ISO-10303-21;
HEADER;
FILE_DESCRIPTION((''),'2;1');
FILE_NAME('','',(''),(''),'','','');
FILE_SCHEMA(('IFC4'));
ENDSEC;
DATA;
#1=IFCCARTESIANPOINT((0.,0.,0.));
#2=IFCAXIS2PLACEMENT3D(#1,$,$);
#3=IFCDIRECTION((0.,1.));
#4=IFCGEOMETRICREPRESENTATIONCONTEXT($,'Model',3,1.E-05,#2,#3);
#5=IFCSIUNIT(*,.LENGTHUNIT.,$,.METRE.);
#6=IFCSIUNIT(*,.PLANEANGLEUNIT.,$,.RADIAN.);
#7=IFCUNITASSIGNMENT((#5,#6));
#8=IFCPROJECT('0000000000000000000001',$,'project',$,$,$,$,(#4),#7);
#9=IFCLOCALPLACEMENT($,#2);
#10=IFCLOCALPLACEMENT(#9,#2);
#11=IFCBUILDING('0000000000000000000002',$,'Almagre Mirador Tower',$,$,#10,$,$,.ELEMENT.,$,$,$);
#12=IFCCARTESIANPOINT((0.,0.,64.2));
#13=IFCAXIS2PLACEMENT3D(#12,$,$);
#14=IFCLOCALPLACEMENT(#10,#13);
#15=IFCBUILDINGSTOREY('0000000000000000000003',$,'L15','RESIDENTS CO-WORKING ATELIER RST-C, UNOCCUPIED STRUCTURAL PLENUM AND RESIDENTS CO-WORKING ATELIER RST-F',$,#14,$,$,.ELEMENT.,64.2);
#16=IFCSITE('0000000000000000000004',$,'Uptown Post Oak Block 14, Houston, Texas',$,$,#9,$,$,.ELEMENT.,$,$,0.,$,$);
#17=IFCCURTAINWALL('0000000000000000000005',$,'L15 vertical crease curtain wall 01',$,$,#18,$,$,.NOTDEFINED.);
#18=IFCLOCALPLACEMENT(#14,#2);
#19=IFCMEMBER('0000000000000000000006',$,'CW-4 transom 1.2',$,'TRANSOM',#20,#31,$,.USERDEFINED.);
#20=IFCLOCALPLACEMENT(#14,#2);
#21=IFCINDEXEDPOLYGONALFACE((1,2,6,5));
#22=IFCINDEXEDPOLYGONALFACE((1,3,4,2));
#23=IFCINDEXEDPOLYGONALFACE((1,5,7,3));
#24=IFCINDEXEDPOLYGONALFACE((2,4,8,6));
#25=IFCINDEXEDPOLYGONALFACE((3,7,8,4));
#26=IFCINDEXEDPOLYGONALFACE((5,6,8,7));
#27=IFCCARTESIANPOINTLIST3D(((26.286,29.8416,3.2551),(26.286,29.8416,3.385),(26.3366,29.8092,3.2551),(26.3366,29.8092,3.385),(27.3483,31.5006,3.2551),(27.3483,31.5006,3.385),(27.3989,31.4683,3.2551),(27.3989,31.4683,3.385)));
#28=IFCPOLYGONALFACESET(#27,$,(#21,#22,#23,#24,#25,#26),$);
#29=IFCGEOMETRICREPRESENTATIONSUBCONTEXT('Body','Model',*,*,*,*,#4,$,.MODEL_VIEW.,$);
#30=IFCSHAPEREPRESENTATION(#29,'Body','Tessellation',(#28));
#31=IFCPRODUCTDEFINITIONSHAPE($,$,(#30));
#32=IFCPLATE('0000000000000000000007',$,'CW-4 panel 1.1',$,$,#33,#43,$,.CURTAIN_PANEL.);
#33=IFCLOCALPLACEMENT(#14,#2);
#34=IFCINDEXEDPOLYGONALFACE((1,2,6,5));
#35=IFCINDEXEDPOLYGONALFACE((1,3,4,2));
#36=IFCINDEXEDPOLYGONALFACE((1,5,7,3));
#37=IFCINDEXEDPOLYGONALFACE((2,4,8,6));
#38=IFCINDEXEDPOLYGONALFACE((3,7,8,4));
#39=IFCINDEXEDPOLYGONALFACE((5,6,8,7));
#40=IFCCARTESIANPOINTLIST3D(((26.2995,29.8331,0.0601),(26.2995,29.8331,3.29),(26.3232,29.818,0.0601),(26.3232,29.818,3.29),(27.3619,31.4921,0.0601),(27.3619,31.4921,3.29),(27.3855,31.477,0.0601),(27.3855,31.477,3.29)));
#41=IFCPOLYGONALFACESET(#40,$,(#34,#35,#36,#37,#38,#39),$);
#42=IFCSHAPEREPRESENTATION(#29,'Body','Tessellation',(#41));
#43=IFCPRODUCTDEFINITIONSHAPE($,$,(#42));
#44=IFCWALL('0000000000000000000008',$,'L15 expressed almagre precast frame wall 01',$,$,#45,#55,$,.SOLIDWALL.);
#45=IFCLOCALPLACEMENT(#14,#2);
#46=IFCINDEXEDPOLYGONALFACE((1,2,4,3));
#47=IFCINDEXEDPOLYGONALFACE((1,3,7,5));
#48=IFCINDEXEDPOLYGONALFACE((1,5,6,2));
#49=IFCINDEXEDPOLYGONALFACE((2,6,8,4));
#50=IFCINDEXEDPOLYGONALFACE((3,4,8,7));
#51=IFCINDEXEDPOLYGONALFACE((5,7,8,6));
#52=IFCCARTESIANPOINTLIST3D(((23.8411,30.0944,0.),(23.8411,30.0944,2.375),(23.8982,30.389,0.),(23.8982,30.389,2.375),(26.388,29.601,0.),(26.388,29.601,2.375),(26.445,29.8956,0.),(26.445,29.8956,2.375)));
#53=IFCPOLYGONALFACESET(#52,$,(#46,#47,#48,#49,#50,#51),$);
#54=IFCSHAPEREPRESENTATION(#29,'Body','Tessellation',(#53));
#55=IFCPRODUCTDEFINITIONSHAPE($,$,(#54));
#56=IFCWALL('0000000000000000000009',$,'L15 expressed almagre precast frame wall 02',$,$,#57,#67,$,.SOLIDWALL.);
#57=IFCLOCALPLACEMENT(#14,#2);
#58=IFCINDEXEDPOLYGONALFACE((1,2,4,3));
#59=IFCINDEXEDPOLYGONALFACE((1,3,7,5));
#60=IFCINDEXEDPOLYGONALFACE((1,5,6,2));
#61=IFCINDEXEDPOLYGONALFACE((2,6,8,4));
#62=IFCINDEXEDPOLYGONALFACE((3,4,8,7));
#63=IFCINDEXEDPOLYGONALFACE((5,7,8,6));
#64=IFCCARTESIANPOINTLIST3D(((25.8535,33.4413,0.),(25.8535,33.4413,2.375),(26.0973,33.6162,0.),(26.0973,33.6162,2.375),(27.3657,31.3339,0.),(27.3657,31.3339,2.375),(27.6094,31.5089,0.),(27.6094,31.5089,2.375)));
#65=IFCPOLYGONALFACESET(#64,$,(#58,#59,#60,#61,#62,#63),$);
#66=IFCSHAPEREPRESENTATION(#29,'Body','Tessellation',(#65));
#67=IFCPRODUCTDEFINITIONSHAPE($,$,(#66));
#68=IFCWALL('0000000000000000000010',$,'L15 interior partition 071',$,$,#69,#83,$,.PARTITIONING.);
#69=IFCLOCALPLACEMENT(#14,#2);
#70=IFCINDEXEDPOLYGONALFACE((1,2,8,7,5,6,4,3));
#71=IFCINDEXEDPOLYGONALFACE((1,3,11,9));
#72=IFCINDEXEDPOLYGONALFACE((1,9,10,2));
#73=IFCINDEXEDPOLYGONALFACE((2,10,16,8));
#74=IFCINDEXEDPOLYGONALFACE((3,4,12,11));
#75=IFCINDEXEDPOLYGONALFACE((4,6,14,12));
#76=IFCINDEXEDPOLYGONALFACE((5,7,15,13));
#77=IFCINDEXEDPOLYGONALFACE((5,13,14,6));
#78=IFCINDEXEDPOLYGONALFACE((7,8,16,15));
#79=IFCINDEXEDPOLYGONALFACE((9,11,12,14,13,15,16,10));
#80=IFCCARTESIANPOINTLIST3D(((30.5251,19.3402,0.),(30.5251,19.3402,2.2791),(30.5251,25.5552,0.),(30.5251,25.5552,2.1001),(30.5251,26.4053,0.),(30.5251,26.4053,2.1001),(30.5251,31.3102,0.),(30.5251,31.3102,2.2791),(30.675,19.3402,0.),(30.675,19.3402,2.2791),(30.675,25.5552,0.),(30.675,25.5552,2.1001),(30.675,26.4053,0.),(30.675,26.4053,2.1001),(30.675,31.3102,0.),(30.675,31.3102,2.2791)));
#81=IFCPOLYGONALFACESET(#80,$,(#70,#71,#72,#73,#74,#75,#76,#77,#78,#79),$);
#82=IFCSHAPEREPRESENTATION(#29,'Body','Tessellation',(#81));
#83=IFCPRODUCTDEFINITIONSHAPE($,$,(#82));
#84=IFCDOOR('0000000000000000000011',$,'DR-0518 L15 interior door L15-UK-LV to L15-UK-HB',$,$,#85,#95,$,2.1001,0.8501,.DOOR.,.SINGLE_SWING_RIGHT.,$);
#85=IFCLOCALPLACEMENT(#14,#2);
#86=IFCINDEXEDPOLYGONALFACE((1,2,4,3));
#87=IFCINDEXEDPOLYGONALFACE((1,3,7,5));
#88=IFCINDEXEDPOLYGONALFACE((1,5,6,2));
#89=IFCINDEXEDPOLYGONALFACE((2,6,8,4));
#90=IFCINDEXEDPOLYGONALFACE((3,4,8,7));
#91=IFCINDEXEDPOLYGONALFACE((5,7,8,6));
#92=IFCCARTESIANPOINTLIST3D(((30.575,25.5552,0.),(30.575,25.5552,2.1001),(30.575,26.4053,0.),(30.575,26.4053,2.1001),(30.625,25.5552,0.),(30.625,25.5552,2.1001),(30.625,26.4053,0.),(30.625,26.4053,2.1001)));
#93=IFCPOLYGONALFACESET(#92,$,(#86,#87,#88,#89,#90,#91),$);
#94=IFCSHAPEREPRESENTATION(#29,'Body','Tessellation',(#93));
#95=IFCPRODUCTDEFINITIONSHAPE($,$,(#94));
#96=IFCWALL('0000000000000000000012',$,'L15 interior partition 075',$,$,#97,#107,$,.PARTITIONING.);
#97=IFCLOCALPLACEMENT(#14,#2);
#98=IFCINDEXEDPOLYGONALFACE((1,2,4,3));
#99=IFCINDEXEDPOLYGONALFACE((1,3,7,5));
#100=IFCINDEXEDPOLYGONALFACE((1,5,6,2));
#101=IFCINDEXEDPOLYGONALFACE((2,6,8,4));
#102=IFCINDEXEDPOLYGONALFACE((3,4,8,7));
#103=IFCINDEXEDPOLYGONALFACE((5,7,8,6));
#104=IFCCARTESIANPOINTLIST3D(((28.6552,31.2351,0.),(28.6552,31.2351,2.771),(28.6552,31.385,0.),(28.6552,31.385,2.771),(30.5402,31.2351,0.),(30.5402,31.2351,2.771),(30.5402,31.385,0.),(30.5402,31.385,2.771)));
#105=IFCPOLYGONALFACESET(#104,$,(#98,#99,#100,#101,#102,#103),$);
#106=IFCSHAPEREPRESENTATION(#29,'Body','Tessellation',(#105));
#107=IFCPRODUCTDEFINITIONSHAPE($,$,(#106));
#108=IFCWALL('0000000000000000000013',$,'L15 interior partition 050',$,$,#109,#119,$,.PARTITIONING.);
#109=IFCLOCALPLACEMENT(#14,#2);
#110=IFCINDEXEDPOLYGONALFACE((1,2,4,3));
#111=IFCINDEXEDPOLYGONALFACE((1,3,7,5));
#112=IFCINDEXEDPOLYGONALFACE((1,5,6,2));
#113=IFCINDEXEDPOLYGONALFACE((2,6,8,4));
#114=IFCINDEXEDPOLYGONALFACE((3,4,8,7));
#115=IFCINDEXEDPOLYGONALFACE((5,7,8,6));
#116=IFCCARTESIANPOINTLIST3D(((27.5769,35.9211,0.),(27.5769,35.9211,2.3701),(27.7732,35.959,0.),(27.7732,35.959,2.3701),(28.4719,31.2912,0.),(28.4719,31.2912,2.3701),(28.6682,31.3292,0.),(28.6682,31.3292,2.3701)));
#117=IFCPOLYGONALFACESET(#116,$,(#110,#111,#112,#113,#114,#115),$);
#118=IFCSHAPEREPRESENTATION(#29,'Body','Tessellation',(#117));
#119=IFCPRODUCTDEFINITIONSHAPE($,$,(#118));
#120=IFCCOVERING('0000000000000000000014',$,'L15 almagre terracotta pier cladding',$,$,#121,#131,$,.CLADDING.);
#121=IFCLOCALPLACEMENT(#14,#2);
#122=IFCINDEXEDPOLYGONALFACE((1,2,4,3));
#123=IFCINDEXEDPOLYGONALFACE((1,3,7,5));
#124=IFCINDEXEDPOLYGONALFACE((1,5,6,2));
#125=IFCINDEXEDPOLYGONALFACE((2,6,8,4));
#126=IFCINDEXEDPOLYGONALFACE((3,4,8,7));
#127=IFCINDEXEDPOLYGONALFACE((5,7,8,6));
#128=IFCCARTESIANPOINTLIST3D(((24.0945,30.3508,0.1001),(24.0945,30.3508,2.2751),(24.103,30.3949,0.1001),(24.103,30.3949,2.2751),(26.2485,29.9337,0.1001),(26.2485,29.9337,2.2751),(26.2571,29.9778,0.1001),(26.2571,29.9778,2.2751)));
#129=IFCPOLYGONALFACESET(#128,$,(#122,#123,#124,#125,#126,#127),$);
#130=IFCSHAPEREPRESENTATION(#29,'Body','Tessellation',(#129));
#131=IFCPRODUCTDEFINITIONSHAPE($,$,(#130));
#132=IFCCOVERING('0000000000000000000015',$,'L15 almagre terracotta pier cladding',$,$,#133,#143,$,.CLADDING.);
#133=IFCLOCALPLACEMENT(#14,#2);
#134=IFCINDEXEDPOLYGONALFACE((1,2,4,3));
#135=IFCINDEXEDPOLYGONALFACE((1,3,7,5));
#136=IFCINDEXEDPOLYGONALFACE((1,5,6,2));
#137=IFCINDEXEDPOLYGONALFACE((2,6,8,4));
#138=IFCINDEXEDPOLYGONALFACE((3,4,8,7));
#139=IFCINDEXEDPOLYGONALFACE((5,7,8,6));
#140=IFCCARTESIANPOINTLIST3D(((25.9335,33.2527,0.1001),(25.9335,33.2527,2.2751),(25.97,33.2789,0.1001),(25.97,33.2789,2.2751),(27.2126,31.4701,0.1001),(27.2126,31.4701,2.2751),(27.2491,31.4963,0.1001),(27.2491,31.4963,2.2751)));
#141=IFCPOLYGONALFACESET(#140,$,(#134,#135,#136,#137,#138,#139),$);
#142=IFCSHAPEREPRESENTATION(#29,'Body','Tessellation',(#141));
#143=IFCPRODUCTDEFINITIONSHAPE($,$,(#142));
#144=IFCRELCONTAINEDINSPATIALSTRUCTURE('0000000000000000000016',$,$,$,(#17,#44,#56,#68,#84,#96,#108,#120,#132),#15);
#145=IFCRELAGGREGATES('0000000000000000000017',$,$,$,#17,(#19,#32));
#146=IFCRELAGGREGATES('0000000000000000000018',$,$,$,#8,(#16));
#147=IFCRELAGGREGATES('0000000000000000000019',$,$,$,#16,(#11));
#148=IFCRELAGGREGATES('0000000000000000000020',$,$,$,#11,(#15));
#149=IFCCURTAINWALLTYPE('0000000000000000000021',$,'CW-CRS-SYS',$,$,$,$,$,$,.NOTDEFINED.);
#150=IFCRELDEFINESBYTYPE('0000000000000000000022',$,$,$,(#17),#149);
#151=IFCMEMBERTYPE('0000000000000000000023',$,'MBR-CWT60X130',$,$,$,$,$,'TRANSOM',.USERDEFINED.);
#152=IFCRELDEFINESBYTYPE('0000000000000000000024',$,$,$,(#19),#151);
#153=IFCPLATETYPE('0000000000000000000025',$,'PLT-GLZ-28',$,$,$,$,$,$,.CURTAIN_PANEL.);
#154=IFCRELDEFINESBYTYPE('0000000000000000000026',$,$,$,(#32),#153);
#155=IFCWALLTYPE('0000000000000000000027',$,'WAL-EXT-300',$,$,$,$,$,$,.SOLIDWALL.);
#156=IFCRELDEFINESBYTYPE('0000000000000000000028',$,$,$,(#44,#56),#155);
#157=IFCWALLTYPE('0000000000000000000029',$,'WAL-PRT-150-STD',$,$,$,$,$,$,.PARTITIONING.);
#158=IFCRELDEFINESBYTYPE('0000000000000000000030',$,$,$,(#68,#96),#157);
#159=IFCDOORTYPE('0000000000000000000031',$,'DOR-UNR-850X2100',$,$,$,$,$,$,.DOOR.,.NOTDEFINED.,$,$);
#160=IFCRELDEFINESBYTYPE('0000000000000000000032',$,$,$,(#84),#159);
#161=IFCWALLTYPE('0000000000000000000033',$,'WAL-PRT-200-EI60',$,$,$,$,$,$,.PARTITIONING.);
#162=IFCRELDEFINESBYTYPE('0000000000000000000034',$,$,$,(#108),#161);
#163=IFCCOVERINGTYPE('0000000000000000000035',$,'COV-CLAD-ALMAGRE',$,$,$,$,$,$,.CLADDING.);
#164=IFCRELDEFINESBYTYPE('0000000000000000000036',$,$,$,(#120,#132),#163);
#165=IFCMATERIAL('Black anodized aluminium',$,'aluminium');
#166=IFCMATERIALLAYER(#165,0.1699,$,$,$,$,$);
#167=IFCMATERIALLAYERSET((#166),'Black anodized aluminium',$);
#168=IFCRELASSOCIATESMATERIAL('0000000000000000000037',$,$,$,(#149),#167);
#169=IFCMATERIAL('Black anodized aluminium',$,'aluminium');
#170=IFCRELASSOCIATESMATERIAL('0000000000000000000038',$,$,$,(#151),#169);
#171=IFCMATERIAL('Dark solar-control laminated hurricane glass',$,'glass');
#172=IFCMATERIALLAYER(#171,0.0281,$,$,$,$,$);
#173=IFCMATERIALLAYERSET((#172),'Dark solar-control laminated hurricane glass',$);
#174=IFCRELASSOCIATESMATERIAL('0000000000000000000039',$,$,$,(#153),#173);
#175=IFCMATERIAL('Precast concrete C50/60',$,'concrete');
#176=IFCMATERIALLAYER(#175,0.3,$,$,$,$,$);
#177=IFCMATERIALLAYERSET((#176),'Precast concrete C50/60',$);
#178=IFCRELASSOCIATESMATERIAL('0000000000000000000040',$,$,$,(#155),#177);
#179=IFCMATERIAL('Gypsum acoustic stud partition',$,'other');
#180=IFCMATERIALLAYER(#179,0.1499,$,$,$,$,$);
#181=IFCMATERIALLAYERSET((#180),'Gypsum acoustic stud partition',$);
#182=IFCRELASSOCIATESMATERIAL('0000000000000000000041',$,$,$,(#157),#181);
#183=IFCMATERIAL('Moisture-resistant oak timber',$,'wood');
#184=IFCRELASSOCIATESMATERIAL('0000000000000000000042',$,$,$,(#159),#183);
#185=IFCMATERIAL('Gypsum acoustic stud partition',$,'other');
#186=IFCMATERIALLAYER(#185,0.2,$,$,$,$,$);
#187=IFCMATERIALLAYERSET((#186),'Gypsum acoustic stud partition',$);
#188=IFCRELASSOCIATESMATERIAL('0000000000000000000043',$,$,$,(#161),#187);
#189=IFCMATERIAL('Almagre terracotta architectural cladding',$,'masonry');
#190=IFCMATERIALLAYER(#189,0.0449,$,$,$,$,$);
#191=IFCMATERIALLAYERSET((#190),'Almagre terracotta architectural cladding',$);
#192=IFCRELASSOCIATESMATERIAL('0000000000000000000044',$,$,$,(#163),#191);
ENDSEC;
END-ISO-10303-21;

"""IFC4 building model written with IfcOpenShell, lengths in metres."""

from ifc_helpers import new_model, si_unit, direction, frame, frame_2d, origin, origin_2d, place, context, subcontext, project, spatial, rectangle, extrude, material, layer, layer_set, material_profile, profile_set, type_object, element, fill, aggregate, save


model = new_model("IFC4")

# Units and contexts
model_context = context("Model", 3, precision=1e-05, world=origin(), true_north=direction((0.0, 1.0)))
body_context = subcontext(model_context, "Body", "Model", "MODEL_VIEW")
ifc_project = project(units=[si_unit("LENGTHUNIT", "METRE"), si_unit("PLANEANGLEUNIT", "RADIAN")], contexts=[model_context])

# Site, building, storey
site_placement = place(None, origin())
site = spatial("IfcSite", under=ifc_project, at=site_placement, Name="Uptown Post Oak Block 14, Houston, Texas", CompositionType="ELEMENT", RefElevation=0.0)
building_placement = place(site_placement, origin())
building = spatial("IfcBuilding", under=site, at=building_placement, Name="Almagre Mirador Tower", CompositionType="ELEMENT")
storey_placement = place(building_placement, frame((0.0, 0.0, 64.2)))
storey = spatial("IfcBuildingStorey", under=building, at=storey_placement, Name="L15", Description="RESIDENTS CO-WORKING ATELIER RST-C, UNOCCUPIED STRUCTURAL PLENUM AND RESIDENTS CO-WORKING ATELIER RST-F", CompositionType="ELEMENT", Elevation=64.2)

# Curtain wall
ifc_material_1 = material(Name="Black anodized aluminium", Category="aluminium")
ifc_layer_1 = layer(ifc_material_1, 0.1699)
ifc_layer_set_1 = layer_set([ifc_layer_1], Name="Black anodized aluminium")
curtain_wall_type_1 = type_object("IfcCurtainWallType", Name="CW-CRS-SYS", PredefinedType="NOTDEFINED", material=ifc_layer_set_1)
curtain_wall_1_placement = place(storey_placement, origin())
curtain_wall_1 = element("IfcCurtainWall", 1, at=curtain_wall_1_placement, inside=storey, type_object=curtain_wall_type_1, Name="L15 vertical crease curtain wall 01", PredefinedType="NOTDEFINED")

# Member
ifc_material_2 = material(Name="Black anodized aluminium", Category="aluminium")
ifc_material_profile_1 = material_profile(ifc_material_2, rectangle(XDim=0.0601, YDim=0.1299, at=origin_2d()), Name="CWT60X130")
ifc_profile_set_1 = profile_set([ifc_material_profile_1], Name="Black anodized aluminium")
member_type_1 = type_object("IfcMemberType", Name="MBR-CWT60X130", ElementType="TRANSOM", PredefinedType="USERDEFINED", material=ifc_profile_set_1)
member_1_placement = place(storey_placement, frame((26.3113, 29.8254, 3.3201), z_axis=(0.539247, 0.842148, 0.0), x_axis=(-0.842148, 0.539247, 0.0)))
member_1 = element("IfcMember", 2, at=member_1_placement, type_object=member_type_1, Name="CW-4 transom 1.2", ObjectType="TRANSOM", PredefinedType="USERDEFINED", context=body_context, shape_type="SweptSolid", body=[
    extrude(rectangle(XDim=0.0601, YDim=0.1299, at=origin_2d()), origin(), (0.0, 0.0, 1.0), 1.97),
])

# Plate
ifc_material_3 = material(Name="Dark solar-control laminated hurricane glass", Category="glass")
ifc_layer_2 = layer(ifc_material_3, 0.0281)
ifc_layer_set_2 = layer_set([ifc_layer_2], Name="Dark solar-control laminated hurricane glass")
plate_type = type_object("IfcPlateType", Name="PLT-GLZ-28", PredefinedType="CURTAIN_PANEL", material=ifc_layer_set_2)
plate_placement = place(storey_placement, frame((26.8425, 30.655, 0.0601), z_axis=(0.0, 0.0, 1.0), x_axis=(0.539257, 0.842141, 0.0)))
plate = element("IfcPlate", 3, at=plate_placement, type_object=plate_type, Name="CW-4 panel 1.1", PredefinedType="CURTAIN_PANEL", context=body_context, shape_type="SweptSolid", body=[
    extrude(rectangle(XDim=1.97, YDim=0.0281, at=origin_2d()), origin(), (0.0, 0.0, 1.0), 3.23),
])
aggregate(curtain_wall_1, [member_1, plate])

# Walls
ifc_material_4 = material(Name="Precast concrete C50/60", Category="concrete")
ifc_layer_3 = layer(ifc_material_4, 0.3)
ifc_layer_set_3 = layer_set([ifc_layer_3], Name="Precast concrete C50/60")
wall_type_1 = type_object("IfcWallType", Name="WAL-EXT-300", PredefinedType="SOLIDWALL", material=ifc_layer_set_3)
wall_1_placement = place(storey_placement, frame((23.8696, 30.2417, 0.0), z_axis=(0.0, 0.0, 1.0), x_axis=(0.981746, -0.190195, 0.0)))
element("IfcWall", 4, at=wall_1_placement, inside=storey, type_object=wall_type_1, Name="L15 expressed almagre precast frame wall 01", PredefinedType="SOLIDWALL", context=body_context, shape_type="SweptSolid", body=[
    extrude(rectangle(XDim=2.5942, YDim=0.3, at=frame_2d((1.2971, 0.0))), origin(), (0.0, 0.0, 1.0), 2.375),
])
wall_2_placement = place(storey_placement, frame((27.4875, 31.4214, 0.0), z_axis=(0.0, 0.0, 1.0), x_axis=(-0.583, 0.812472, 0.0)))
element("IfcWall", 5, at=wall_2_placement, inside=storey, type_object=wall_type_1, Name="L15 expressed almagre precast frame wall 02", PredefinedType="SOLIDWALL", context=body_context, shape_type="SweptSolid", body=[
    extrude(rectangle(XDim=2.5938, YDim=0.3, at=frame_2d((1.2969, 0.0))), origin(), (0.0, 0.0, 1.0), 2.375),
])

# Wall, opening, door
ifc_material_5 = material(Name="Gypsum acoustic stud partition", Category="other")
ifc_layer_4 = layer(ifc_material_5, 0.1499)
ifc_layer_set_4 = layer_set([ifc_layer_4], Name="Gypsum acoustic stud partition")
wall_type_2 = type_object("IfcWallType", Name="WAL-PRT-150-STD", PredefinedType="PARTITIONING", material=ifc_layer_set_4)
wall_3_placement = place(storey_placement, frame((30.6001, 31.3101, 0.0), z_axis=(0.0, 0.0, 1.0), x_axis=(0.0, -1.0, 0.0)))
wall_3 = element("IfcWall", 6, at=wall_3_placement, inside=storey, type_object=wall_type_2, Name="L15 interior partition 071", PredefinedType="PARTITIONING", context=body_context, shape_type="SweptSolid", body=[
    extrude(rectangle(XDim=11.97, YDim=0.1499, at=frame_2d((5.9849, 0.0))), origin(), (0.0, 0.0, 1.0), 2.2791),
])
opening_placement = place(wall_3_placement, frame((4.9048, 0.0, 0.0)))
opening = element("IfcOpeningElement", 7, at=opening_placement, cuts=wall_3, PredefinedType="OPENING", context=body_context, shape_type="SweptSolid", body=[
    extrude(rectangle(XDim=0.8501, YDim=2.1001, at=frame_2d((0.425, 1.05))), frame((0.0, 0.085, 0.0), z_axis=(0.0, -1.0, 0.0), x_axis=(1.0, 0.0, 0.0)), (0.0, 0.0, 1.0), 0.1699),
])
ifc_material_6 = material(Name="Moisture-resistant oak timber", Category="wood")
door_type = type_object("IfcDoorType", Name="DOR-UNR-850X2100", OperationType="NOTDEFINED", PredefinedType="DOOR", material=ifc_material_6)
door_placement = place(opening_placement, origin())
door = element("IfcDoor", 8, at=door_placement, inside=storey, type_object=door_type, Name="DR-0518 L15 interior door L15-UK-LV to L15-UK-HB", OperationType="SINGLE_SWING_RIGHT", OverallHeight=2.1001, OverallWidth=0.8501, PredefinedType="DOOR", context=body_context, shape_type="SweptSolid", body=[
    extrude(rectangle(XDim=0.8501, YDim=2.1001, at=frame_2d((0.425, 1.05))), frame((0.0, 0.0249, 0.0), z_axis=(0.0, -1.0, 0.0), x_axis=(1.0, 0.0, 0.0)), (0.0, 0.0, 1.0), 0.05),
])
fill(opening, door)

# Walls
wall_4_placement = place(storey_placement, frame((30.54, 31.3101, 0.0), z_axis=(0.0, 0.0, 1.0), x_axis=(-1.0, 0.0, 0.0)))
element("IfcWall", 9, at=wall_4_placement, inside=storey, type_object=wall_type_2, Name="L15 interior partition 075", PredefinedType="PARTITIONING", context=body_context, shape_type="SweptSolid", body=[
    extrude(rectangle(XDim=1.885, YDim=0.1499, at=frame_2d((0.9424, 0.0))), origin(), (0.0, 0.0, 1.0), 2.771),
])
ifc_material_7 = material(Name="Gypsum acoustic stud partition", Category="other")
ifc_layer_5 = layer(ifc_material_7, 0.2)
ifc_layer_set_5 = layer_set([ifc_layer_5], Name="Gypsum acoustic stud partition")
wall_type_3 = type_object("IfcWallType", Name="WAL-PRT-200-EI60", PredefinedType="PARTITIONING", material=ifc_layer_set_5)
wall_5_placement = place(storey_placement, frame((28.5701, 31.3101, 0.0), z_axis=(0.0, 0.0, 1.0), x_axis=(-0.1898, 0.981823, 0.0)))
element("IfcWall", 10, at=wall_5_placement, inside=storey, type_object=wall_type_3, Name="L15 interior partition 050", PredefinedType="PARTITIONING", context=body_context, shape_type="SweptSolid", body=[
    extrude(rectangle(XDim=4.7156, YDim=0.2, at=frame_2d((2.3579, 0.0))), origin(), (0.0, 0.0, 1.0), 2.3701),
])

# Coverings
ifc_material_8 = material(Name="Almagre terracotta architectural cladding", Category="masonry")
ifc_layer_6 = layer(ifc_material_8, 0.0449)
ifc_layer_set_6 = layer_set([ifc_layer_6], Name="Almagre terracotta architectural cladding")
covering_type = type_object("IfcCoveringType", Name="COV-CLAD-ALMAGRE", PredefinedType="CLADDING", material=ifc_layer_set_6)
for number, where, z_axis, x_axis, name in (
    (11, (25.1758, 30.1643, 0.1001), (0.0, 0.0, 1.0), (0.98176, -0.190124, 0.0), "L15 almagre terracotta pier cladding"),
    (12, (26.5913, 32.3745, 0.1001), (0.0, 0.0, 1.0), (-0.583002, 0.81247, 0.0), "L15 almagre terracotta pier cladding"),
):
    element("IfcCovering", number, at=place(storey_placement, frame(where, z_axis=z_axis, x_axis=x_axis)), inside=storey, type_object=covering_type, Name=name, PredefinedType="CLADDING", context=body_context, shape_type="SweptSolid", body=[
        extrude(rectangle(XDim=2.1941, YDim=0.0449, at=origin_2d()), origin(), (0.0, 0.0, 1.0), 2.175),
    ])

save(model, "model.ifc")
